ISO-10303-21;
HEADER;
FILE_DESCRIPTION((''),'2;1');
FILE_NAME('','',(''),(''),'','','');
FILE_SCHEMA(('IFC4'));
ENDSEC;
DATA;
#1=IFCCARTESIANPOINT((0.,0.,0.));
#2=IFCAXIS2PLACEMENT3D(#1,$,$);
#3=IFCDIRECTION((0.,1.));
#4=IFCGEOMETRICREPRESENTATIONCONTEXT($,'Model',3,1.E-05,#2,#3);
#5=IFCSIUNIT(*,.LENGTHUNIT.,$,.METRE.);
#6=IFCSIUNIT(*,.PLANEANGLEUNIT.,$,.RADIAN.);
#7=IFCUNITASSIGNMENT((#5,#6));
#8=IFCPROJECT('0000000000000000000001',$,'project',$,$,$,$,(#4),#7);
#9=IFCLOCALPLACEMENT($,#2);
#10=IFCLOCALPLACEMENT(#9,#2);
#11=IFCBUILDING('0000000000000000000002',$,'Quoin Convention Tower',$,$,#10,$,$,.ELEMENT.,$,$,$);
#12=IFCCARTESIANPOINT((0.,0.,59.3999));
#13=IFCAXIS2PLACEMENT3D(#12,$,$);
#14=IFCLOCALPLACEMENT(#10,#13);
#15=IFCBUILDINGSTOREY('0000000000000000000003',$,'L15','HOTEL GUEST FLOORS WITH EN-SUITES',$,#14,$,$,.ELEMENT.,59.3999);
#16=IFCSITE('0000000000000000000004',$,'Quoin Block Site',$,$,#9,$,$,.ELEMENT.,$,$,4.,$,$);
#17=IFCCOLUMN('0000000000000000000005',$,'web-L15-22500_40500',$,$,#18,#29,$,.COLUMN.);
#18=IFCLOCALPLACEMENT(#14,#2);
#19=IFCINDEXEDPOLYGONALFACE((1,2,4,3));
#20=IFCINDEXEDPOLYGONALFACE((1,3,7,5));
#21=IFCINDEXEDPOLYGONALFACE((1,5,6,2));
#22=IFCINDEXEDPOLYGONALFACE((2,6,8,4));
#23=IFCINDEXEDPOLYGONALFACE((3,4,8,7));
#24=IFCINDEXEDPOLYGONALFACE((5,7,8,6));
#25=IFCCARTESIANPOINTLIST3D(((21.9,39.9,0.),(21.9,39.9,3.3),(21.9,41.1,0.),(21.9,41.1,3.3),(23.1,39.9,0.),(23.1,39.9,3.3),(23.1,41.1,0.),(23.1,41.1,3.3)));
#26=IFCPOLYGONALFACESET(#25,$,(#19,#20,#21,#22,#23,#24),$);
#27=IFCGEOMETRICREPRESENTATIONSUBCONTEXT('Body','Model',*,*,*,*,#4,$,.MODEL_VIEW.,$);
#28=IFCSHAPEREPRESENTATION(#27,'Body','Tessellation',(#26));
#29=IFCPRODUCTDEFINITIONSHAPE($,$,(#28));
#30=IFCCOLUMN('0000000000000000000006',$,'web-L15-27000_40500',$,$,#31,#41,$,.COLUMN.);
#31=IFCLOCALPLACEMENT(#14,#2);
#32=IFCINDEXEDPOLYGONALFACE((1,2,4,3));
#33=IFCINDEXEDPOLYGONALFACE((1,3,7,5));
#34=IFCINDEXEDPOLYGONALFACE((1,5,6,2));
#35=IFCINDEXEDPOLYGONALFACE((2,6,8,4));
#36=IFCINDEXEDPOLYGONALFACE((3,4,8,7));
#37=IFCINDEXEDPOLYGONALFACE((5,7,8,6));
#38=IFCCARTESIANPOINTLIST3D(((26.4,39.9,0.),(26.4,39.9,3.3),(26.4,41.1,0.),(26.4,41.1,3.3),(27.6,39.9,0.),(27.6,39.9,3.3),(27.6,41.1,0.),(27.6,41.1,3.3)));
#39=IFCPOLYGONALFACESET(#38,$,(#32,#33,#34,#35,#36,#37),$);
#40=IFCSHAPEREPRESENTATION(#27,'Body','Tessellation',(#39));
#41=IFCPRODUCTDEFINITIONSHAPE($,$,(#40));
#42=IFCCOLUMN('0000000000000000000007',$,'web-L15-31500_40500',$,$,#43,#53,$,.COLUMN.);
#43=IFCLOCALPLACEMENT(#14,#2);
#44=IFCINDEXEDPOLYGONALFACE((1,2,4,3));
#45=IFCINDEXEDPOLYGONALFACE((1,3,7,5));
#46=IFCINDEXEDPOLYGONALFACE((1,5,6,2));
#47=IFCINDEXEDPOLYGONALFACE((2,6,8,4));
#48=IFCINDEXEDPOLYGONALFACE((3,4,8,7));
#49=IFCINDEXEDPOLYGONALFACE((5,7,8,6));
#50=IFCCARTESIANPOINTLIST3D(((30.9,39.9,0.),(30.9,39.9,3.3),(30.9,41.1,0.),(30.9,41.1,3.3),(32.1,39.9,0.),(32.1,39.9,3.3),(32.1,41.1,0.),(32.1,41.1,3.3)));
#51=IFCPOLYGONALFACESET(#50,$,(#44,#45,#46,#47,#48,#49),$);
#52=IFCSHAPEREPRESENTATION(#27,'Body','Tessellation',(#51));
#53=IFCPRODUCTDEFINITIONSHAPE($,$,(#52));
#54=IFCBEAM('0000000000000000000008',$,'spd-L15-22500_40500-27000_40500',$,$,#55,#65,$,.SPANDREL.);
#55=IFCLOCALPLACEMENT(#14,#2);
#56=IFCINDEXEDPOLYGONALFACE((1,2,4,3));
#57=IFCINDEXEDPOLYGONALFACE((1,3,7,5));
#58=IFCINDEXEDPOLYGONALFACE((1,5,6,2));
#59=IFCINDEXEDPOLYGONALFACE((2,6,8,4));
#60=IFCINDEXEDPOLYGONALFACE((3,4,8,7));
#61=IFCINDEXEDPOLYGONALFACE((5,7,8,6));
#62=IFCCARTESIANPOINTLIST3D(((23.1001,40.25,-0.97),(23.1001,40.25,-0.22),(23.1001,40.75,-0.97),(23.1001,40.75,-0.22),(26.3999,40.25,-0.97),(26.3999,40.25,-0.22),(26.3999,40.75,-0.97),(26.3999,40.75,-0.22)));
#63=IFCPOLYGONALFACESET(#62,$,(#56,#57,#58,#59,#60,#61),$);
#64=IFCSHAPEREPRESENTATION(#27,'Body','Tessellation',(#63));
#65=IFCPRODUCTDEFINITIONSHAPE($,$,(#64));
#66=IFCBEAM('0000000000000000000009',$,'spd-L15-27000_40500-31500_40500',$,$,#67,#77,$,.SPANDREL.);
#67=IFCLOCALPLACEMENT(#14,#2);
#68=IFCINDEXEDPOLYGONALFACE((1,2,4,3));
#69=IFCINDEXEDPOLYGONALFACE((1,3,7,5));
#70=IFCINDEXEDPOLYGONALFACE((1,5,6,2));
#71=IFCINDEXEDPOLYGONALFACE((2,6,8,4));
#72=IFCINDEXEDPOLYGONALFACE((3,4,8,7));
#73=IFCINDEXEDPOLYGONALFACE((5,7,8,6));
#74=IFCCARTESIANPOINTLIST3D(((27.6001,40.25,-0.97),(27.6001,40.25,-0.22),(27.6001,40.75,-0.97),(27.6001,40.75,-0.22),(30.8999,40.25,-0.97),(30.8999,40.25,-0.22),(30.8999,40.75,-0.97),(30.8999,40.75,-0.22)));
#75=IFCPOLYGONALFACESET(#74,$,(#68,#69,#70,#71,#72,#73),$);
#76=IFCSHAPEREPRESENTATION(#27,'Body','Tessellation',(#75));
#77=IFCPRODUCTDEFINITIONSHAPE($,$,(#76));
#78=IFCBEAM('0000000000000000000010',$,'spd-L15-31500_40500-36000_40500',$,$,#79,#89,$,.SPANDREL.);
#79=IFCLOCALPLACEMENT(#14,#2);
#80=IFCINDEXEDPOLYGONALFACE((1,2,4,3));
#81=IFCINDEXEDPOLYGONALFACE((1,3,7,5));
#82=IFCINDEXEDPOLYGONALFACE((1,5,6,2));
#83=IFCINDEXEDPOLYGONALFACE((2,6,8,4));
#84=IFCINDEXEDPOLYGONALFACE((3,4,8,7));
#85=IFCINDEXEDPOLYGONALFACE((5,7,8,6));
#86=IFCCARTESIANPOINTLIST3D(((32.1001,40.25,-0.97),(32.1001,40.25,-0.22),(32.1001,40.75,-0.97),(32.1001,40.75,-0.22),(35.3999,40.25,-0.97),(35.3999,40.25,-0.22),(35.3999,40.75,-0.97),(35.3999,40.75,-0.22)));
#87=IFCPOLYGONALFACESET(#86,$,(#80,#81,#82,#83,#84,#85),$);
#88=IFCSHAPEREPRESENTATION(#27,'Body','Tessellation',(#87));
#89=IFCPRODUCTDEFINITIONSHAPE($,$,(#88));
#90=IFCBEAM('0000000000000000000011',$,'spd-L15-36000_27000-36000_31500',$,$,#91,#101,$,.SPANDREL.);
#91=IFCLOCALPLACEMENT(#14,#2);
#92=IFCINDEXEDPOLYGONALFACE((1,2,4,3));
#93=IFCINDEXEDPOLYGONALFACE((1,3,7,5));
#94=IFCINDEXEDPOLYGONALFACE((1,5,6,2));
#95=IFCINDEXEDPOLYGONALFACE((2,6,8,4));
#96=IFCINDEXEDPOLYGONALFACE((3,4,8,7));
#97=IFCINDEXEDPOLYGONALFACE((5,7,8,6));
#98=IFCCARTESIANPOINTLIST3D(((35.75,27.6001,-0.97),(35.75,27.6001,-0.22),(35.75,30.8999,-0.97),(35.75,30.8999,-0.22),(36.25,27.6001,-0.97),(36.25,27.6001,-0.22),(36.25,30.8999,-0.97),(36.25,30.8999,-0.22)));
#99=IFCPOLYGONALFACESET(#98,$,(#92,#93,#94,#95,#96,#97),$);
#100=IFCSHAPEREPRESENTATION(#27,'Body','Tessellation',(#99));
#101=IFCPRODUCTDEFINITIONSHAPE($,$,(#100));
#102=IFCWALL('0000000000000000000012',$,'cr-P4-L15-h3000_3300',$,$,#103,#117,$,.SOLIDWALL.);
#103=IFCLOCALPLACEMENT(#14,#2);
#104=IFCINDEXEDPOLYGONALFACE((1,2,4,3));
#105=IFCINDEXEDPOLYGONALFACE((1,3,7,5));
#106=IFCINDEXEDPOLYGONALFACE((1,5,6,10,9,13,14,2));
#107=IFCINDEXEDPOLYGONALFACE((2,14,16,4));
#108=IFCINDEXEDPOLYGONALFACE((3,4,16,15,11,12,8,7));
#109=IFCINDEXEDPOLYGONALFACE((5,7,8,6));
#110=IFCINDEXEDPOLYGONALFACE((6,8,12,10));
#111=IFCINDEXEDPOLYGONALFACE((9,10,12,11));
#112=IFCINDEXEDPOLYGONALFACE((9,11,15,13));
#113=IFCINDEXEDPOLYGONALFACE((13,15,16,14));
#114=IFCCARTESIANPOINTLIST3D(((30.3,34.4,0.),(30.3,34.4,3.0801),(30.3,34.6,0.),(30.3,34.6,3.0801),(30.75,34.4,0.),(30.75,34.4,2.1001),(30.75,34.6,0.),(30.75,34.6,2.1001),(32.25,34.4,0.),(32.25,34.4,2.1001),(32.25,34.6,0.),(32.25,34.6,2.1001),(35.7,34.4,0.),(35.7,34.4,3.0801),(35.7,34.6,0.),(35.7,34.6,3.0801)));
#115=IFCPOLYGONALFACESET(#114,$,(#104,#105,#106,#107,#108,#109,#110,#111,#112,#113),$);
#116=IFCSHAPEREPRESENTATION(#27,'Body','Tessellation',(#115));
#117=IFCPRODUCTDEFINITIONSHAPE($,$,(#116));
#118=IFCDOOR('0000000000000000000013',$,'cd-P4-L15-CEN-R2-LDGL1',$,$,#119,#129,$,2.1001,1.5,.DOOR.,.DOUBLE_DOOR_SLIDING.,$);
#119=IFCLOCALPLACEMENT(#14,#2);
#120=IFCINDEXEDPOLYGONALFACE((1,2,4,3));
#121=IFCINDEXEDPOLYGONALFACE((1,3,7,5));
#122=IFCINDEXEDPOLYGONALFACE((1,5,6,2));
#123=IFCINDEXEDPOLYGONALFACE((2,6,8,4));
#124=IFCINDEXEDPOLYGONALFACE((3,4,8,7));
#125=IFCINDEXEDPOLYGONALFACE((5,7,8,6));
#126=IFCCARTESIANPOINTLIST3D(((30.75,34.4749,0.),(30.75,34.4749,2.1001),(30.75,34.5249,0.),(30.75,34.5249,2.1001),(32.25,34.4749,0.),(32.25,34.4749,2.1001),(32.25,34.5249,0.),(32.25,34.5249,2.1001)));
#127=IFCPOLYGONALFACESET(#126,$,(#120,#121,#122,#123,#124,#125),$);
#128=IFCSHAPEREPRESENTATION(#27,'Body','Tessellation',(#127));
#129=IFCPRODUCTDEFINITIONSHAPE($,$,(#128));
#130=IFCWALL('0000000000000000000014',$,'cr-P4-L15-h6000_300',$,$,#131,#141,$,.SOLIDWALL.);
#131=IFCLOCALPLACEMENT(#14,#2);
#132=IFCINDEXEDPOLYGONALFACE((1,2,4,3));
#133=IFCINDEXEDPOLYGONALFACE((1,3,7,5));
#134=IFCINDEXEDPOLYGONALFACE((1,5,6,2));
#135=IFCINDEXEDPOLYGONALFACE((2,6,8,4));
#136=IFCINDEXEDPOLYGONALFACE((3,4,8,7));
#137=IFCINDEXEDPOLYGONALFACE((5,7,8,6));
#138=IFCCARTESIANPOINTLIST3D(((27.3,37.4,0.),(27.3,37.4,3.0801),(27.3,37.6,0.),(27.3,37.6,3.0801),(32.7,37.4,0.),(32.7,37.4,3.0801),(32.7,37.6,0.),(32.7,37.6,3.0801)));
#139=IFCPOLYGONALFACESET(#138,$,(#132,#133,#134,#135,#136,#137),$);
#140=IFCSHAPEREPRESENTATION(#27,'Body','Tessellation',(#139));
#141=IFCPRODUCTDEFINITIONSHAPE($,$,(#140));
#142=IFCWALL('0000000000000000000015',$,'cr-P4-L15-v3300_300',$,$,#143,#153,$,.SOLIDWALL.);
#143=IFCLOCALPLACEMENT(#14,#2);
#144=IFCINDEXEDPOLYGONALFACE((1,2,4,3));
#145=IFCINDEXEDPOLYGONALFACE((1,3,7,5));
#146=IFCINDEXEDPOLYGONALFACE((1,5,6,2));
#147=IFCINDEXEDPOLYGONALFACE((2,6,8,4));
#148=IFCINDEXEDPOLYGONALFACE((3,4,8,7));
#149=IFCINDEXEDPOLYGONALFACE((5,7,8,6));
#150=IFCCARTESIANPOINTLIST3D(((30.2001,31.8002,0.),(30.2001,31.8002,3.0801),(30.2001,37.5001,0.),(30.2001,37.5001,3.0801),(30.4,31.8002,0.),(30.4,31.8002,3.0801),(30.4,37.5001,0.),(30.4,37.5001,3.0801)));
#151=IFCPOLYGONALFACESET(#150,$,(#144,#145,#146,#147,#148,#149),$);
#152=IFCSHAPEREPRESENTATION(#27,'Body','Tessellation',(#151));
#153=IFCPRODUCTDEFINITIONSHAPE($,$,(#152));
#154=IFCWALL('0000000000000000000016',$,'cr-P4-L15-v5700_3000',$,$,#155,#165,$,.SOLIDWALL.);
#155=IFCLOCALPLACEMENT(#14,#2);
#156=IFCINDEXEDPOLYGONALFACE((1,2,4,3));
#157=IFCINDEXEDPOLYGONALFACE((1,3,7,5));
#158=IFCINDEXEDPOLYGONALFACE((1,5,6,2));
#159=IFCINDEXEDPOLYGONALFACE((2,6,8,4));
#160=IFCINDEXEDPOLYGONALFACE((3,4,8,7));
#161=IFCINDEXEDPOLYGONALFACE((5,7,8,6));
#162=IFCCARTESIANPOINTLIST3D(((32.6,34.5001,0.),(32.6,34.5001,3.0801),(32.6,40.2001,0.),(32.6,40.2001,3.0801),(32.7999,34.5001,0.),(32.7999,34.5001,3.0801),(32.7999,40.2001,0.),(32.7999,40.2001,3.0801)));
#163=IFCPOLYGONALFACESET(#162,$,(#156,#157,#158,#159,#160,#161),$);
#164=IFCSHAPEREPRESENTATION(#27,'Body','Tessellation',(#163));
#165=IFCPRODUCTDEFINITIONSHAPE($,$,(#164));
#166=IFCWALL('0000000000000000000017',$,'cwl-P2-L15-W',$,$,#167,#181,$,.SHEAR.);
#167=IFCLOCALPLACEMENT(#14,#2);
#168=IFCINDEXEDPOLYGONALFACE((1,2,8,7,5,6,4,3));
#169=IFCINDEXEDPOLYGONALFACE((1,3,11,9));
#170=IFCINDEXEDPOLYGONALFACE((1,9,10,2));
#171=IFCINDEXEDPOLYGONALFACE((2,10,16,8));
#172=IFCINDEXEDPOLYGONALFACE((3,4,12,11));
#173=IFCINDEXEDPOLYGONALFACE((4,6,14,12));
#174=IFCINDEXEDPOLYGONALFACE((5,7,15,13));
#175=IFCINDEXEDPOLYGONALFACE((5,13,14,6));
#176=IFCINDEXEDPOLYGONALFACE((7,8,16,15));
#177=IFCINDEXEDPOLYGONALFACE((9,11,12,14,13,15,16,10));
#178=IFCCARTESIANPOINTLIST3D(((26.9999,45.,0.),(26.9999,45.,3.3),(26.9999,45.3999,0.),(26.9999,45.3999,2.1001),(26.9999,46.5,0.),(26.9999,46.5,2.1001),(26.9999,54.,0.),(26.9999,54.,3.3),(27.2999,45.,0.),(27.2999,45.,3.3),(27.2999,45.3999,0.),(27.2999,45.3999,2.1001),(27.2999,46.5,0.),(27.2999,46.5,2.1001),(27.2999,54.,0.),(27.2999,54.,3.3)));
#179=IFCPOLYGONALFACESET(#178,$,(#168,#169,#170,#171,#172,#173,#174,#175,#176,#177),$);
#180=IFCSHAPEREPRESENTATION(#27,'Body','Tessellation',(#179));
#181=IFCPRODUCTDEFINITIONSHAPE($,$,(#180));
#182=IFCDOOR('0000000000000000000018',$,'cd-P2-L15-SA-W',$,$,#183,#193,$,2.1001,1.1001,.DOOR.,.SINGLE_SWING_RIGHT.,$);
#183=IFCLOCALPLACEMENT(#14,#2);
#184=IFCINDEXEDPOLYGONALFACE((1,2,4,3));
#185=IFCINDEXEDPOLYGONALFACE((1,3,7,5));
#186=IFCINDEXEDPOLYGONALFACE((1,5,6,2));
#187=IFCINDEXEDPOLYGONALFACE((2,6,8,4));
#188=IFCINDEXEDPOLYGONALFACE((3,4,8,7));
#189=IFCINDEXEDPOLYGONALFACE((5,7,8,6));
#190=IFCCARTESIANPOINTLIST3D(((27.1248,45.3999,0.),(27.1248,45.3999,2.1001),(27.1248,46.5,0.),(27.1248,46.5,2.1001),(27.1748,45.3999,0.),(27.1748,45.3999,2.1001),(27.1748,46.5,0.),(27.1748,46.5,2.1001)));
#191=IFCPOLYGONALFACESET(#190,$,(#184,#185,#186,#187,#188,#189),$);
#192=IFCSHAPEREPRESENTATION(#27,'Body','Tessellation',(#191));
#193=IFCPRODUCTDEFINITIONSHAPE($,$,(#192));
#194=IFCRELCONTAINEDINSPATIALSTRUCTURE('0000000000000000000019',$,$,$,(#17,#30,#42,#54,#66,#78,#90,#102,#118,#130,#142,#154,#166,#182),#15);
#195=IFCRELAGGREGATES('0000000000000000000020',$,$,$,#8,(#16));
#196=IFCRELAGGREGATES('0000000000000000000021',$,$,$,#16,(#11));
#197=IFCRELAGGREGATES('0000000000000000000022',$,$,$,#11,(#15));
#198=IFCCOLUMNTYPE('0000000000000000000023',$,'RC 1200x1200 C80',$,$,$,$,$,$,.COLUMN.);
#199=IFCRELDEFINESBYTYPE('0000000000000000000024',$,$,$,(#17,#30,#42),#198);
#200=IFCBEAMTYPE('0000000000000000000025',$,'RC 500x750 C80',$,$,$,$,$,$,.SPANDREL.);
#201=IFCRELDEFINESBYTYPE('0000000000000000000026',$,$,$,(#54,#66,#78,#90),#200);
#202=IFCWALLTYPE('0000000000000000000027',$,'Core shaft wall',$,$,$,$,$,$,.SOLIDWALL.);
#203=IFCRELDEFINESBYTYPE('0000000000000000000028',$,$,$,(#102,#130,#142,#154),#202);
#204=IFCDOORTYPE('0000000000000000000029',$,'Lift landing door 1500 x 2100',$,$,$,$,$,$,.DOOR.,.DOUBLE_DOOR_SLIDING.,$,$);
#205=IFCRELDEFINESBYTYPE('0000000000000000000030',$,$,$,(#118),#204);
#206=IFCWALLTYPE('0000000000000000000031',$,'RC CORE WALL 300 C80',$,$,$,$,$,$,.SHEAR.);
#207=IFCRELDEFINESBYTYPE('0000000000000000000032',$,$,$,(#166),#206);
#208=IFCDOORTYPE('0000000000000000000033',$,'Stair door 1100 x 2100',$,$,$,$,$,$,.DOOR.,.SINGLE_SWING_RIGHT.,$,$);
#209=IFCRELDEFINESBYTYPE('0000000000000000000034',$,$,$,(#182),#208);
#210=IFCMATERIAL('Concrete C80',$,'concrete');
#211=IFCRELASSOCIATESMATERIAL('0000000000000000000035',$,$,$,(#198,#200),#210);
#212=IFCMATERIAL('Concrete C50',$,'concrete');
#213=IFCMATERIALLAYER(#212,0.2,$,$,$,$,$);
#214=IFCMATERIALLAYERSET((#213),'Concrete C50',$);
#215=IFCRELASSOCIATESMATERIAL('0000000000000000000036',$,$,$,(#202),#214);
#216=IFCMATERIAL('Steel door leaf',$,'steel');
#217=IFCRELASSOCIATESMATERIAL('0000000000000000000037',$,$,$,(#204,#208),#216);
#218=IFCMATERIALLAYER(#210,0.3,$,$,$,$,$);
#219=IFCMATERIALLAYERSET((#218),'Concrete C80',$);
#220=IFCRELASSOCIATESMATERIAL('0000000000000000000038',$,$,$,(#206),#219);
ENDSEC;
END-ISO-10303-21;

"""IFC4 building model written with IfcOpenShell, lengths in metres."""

from ifc_helpers import new_model, si_unit, direction, frame, frame_2d, origin, origin_2d, place, context, subcontext, project, spatial, rectangle, extrude, material, layer, layer_set, material_profile, profile_set, type_object, element, fill, save


model = new_model("IFC4")

# Units and contexts
model_context = context("Model", 3, precision=1e-05, world=origin(), true_north=direction((0.0, 1.0)))
body_context = subcontext(model_context, "Body", "Model", "MODEL_VIEW")
ifc_project = project(units=[si_unit("LENGTHUNIT", "METRE"), si_unit("PLANEANGLEUNIT", "RADIAN")], contexts=[model_context])

# Site, building, storey
site_placement = place(None, origin())
site = spatial("IfcSite", under=ifc_project, at=site_placement, Name="Quoin Block Site", CompositionType="ELEMENT", RefElevation=4.0)
building_placement = place(site_placement, origin())
building = spatial("IfcBuilding", under=site, at=building_placement, Name="Quoin Convention Tower", CompositionType="ELEMENT")
storey_placement = place(building_placement, frame((0.0, 0.0, 59.3999)))
storey = spatial("IfcBuildingStorey", under=building, at=storey_placement, Name="L15", Description="HOTEL GUEST FLOORS WITH EN-SUITES", CompositionType="ELEMENT", Elevation=59.3999)

# Columns
ifc_material_1 = material(Name="Concrete C80", Category="concrete")
ifc_material_profile_1 = material_profile(ifc_material_1, rectangle(XDim=1.2, YDim=1.2, at=origin_2d()), Name="RC 1200x1200")
ifc_profile_set_1 = profile_set([ifc_material_profile_1], Name="Concrete C80")
column_type = type_object("IfcColumnType", Name="RC 1200x1200 C80", PredefinedType="COLUMN", material=ifc_profile_set_1)
for number, where, z_axis, x_axis, name in (
    (1, (22.5, 40.5, 0.0), (0.0, 0.0, 1.0), (1.0, 0.0, 0.0), "web-L15-22500_40500"),
    (2, (27.0, 40.5, 0.0), (0.0, 0.0, 1.0), (1.0, 0.0, 0.0), "web-L15-27000_40500"),
    (3, (31.5, 40.5, 0.0), (0.0, 0.0, 1.0), (1.0, 0.0, 0.0), "web-L15-31500_40500"),
):
    element("IfcColumn", number, at=place(storey_placement, frame(where, z_axis=z_axis, x_axis=x_axis)), inside=storey, type_object=column_type, Name=name, PredefinedType="COLUMN", context=body_context, shape_type="SweptSolid", body=[
        extrude(rectangle(XDim=1.2, YDim=1.2, at=origin_2d()), origin(), (0.0, 0.0, 1.0), 3.3),
    ])

# Beams
ifc_material_profile_2 = material_profile(ifc_material_1, rectangle(XDim=0.5, YDim=0.75, at=origin_2d()), Name="RC 500x750")
ifc_profile_set_2 = profile_set([ifc_material_profile_2], Name="Concrete C80")
beam_type = type_object("IfcBeamType", Name="RC 500x750 C80", PredefinedType="SPANDREL", material=ifc_profile_set_2)
for number, where, z_axis, x_axis, name in (
    (4, (23.1001, 40.5, -0.595), (1.0, 0.0, 0.0), (0.0, 1.0, 0.0), "spd-L15-22500_40500-27000_40500"),
    (5, (27.6001, 40.5, -0.595), (1.0, 0.0, 0.0), (0.0, 1.0, 0.0), "spd-L15-27000_40500-31500_40500"),
    (6, (32.1001, 40.5, -0.595), (1.0, 0.0, 0.0), (0.0, 1.0, 0.0), "spd-L15-31500_40500-36000_40500"),
    (7, (36.0, 27.6001, -0.595), (0.0, 1.0, 0.0), (-1.0, 0.0, 0.0), "spd-L15-36000_27000-36000_31500"),
):
    element("IfcBeam", number, at=place(storey_placement, frame(where, z_axis=z_axis, x_axis=x_axis)), inside=storey, type_object=beam_type, Name=name, PredefinedType="SPANDREL", context=body_context, shape_type="SweptSolid", body=[
        extrude(rectangle(XDim=0.5, YDim=0.75, at=origin_2d()), origin(), (0.0, 0.0, 1.0), 3.2998),
    ])

# Wall, opening, door
ifc_material_2 = material(Name="Concrete C50", Category="concrete")
ifc_layer_1 = layer(ifc_material_2, 0.2)
ifc_layer_set_1 = layer_set([ifc_layer_1], Name="Concrete C50")
wall_type_1 = type_object("IfcWallType", Name="Core shaft wall", PredefinedType="SOLIDWALL", material=ifc_layer_set_1)
wall_1_placement = place(storey_placement, frame((30.3, 34.5, 0.0), z_axis=(0.0, 0.0, 1.0), x_axis=(1.0, 0.0, 0.0)))
wall_1 = element("IfcWall", 8, at=wall_1_placement, inside=storey, type_object=wall_type_1, Name="cr-P4-L15-h3000_3300", PredefinedType="SOLIDWALL", context=body_context, shape_type="SweptSolid", body=[
    extrude(rectangle(XDim=5.3999, YDim=0.2, at=frame_2d((2.7, 0.0))), origin(), (0.0, 0.0, 1.0), 3.0801),
])
opening_1_placement = place(wall_1_placement, frame((0.45, 0.0, 0.0)))
opening_1 = element("IfcOpeningElement", 9, at=opening_1_placement, cuts=wall_1, PredefinedType="OPENING", context=body_context, shape_type="SweptSolid", body=[
    extrude(rectangle(XDim=1.5, YDim=2.1001, at=frame_2d((0.75, 1.05))), frame((0.0, 0.1099, 0.0), z_axis=(0.0, -1.0, 0.0), x_axis=(1.0, 0.0, 0.0)), (0.0, 0.0, 1.0), 0.22),
])
ifc_material_3 = material(Name="Steel door leaf", Category="steel")
door_type_1 = type_object("IfcDoorType", Name="Lift landing door 1500 x 2100", OperationType="DOUBLE_DOOR_SLIDING", PredefinedType="DOOR", material=ifc_material_3)
door_1_placement = place(opening_1_placement, origin())
door_1 = element("IfcDoor", 10, at=door_1_placement, inside=storey, type_object=door_type_1, Name="cd-P4-L15-CEN-R2-LDGL1", OperationType="DOUBLE_DOOR_SLIDING", OverallHeight=2.1001, OverallWidth=1.5, PredefinedType="DOOR", context=body_context, shape_type="SweptSolid", body=[
    extrude(rectangle(XDim=1.5, YDim=2.1001, at=frame_2d((0.75, 1.05))), frame((0.0, 0.0249, 0.0), z_axis=(0.0, -1.0, 0.0), x_axis=(1.0, 0.0, 0.0)), (0.0, 0.0, 1.0), 0.05),
])
fill(opening_1, door_1)

# Walls
wall_2_placement = place(storey_placement, frame((27.3, 37.5, 0.0), z_axis=(0.0, 0.0, 1.0), x_axis=(1.0, 0.0, 0.0)))
element("IfcWall", 11, at=wall_2_placement, inside=storey, type_object=wall_type_1, Name="cr-P4-L15-h6000_300", PredefinedType="SOLIDWALL", context=body_context, shape_type="SweptSolid", body=[
    extrude(rectangle(XDim=5.3999, YDim=0.2, at=frame_2d((2.7, 0.0))), origin(), (0.0, 0.0, 1.0), 3.0801),
])
for number, where, z_axis, x_axis, name in (
    (12, (30.3, 31.8, 0.0), (0.0, 0.0, 1.0), (0.0, 1.0, 0.0), "cr-P4-L15-v3300_300"),
    (13, (32.7, 34.5, 0.0), (0.0, 0.0, 1.0), (0.0, 1.0, 0.0), "cr-P4-L15-v5700_3000"),
):
    element("IfcWall", number, at=place(storey_placement, frame(where, z_axis=z_axis, x_axis=x_axis)), inside=storey, type_object=wall_type_1, Name=name, PredefinedType="SOLIDWALL", context=body_context, shape_type="SweptSolid", body=[
        extrude(rectangle(XDim=5.7, YDim=0.2, at=frame_2d((2.8501, 0.0))), origin(), (0.0, 0.0, 1.0), 3.0801),
    ])

# Wall, opening, door
ifc_layer_2 = layer(ifc_material_1, 0.3)
ifc_layer_set_2 = layer_set([ifc_layer_2], Name="Concrete C80")
wall_type_2 = type_object("IfcWallType", Name="RC CORE WALL 300 C80", PredefinedType="SHEAR", material=ifc_layer_set_2)
wall_3_placement = place(storey_placement, frame((27.1499, 45.0, 0.0), z_axis=(0.0, 0.0, 1.0), x_axis=(0.0, 1.0, 0.0)))
wall_3 = element("IfcWall", 14, at=wall_3_placement, inside=storey, type_object=wall_type_2, Name="cwl-P2-L15-W", PredefinedType="SHEAR", context=body_context, shape_type="SweptSolid", body=[
    extrude(rectangle(XDim=9.0, YDim=0.3, at=frame_2d((4.5, 0.0))), origin(), (0.0, 0.0, 1.0), 3.3),
])
opening_2_placement = place(wall_3_placement, frame((0.3999, 0.0, 0.0)))
opening_2 = element("IfcOpeningElement", 15, at=opening_2_placement, cuts=wall_3, PredefinedType="OPENING", context=body_context, shape_type="SweptSolid", body=[
    extrude(rectangle(XDim=1.1001, YDim=2.1001, at=frame_2d((0.55, 1.05))), frame((0.0, 0.1599, 0.0), z_axis=(0.0, -1.0, 0.0), x_axis=(1.0, 0.0, 0.0)), (0.0, 0.0, 1.0), 0.3201),
])
door_type_2 = type_object("IfcDoorType", Name="Stair door 1100 x 2100", OperationType="SINGLE_SWING_RIGHT", PredefinedType="DOOR", material=ifc_material_3)
door_2_placement = place(opening_2_placement, frame((1.1001, 0.0, 0.0), z_axis=(0.0, 0.0, 1.0), x_axis=(-1.0, 0.0, 0.0)))
door_2 = element("IfcDoor", 16, at=door_2_placement, inside=storey, type_object=door_type_2, Name="cd-P2-L15-SA-W", OperationType="SINGLE_SWING_RIGHT", OverallHeight=2.1001, OverallWidth=1.1001, PredefinedType="DOOR", context=body_context, shape_type="SweptSolid", body=[
    extrude(rectangle(XDim=1.1001, YDim=2.1001, at=frame_2d((0.55, 1.05))), frame((0.0, 0.0249, 0.0), z_axis=(0.0, -1.0, 0.0), x_axis=(1.0, 0.0, 0.0)), (0.0, 0.0, 1.0), 0.05),
])
fill(opening_2, door_2)

save(model, "model.ifc")
